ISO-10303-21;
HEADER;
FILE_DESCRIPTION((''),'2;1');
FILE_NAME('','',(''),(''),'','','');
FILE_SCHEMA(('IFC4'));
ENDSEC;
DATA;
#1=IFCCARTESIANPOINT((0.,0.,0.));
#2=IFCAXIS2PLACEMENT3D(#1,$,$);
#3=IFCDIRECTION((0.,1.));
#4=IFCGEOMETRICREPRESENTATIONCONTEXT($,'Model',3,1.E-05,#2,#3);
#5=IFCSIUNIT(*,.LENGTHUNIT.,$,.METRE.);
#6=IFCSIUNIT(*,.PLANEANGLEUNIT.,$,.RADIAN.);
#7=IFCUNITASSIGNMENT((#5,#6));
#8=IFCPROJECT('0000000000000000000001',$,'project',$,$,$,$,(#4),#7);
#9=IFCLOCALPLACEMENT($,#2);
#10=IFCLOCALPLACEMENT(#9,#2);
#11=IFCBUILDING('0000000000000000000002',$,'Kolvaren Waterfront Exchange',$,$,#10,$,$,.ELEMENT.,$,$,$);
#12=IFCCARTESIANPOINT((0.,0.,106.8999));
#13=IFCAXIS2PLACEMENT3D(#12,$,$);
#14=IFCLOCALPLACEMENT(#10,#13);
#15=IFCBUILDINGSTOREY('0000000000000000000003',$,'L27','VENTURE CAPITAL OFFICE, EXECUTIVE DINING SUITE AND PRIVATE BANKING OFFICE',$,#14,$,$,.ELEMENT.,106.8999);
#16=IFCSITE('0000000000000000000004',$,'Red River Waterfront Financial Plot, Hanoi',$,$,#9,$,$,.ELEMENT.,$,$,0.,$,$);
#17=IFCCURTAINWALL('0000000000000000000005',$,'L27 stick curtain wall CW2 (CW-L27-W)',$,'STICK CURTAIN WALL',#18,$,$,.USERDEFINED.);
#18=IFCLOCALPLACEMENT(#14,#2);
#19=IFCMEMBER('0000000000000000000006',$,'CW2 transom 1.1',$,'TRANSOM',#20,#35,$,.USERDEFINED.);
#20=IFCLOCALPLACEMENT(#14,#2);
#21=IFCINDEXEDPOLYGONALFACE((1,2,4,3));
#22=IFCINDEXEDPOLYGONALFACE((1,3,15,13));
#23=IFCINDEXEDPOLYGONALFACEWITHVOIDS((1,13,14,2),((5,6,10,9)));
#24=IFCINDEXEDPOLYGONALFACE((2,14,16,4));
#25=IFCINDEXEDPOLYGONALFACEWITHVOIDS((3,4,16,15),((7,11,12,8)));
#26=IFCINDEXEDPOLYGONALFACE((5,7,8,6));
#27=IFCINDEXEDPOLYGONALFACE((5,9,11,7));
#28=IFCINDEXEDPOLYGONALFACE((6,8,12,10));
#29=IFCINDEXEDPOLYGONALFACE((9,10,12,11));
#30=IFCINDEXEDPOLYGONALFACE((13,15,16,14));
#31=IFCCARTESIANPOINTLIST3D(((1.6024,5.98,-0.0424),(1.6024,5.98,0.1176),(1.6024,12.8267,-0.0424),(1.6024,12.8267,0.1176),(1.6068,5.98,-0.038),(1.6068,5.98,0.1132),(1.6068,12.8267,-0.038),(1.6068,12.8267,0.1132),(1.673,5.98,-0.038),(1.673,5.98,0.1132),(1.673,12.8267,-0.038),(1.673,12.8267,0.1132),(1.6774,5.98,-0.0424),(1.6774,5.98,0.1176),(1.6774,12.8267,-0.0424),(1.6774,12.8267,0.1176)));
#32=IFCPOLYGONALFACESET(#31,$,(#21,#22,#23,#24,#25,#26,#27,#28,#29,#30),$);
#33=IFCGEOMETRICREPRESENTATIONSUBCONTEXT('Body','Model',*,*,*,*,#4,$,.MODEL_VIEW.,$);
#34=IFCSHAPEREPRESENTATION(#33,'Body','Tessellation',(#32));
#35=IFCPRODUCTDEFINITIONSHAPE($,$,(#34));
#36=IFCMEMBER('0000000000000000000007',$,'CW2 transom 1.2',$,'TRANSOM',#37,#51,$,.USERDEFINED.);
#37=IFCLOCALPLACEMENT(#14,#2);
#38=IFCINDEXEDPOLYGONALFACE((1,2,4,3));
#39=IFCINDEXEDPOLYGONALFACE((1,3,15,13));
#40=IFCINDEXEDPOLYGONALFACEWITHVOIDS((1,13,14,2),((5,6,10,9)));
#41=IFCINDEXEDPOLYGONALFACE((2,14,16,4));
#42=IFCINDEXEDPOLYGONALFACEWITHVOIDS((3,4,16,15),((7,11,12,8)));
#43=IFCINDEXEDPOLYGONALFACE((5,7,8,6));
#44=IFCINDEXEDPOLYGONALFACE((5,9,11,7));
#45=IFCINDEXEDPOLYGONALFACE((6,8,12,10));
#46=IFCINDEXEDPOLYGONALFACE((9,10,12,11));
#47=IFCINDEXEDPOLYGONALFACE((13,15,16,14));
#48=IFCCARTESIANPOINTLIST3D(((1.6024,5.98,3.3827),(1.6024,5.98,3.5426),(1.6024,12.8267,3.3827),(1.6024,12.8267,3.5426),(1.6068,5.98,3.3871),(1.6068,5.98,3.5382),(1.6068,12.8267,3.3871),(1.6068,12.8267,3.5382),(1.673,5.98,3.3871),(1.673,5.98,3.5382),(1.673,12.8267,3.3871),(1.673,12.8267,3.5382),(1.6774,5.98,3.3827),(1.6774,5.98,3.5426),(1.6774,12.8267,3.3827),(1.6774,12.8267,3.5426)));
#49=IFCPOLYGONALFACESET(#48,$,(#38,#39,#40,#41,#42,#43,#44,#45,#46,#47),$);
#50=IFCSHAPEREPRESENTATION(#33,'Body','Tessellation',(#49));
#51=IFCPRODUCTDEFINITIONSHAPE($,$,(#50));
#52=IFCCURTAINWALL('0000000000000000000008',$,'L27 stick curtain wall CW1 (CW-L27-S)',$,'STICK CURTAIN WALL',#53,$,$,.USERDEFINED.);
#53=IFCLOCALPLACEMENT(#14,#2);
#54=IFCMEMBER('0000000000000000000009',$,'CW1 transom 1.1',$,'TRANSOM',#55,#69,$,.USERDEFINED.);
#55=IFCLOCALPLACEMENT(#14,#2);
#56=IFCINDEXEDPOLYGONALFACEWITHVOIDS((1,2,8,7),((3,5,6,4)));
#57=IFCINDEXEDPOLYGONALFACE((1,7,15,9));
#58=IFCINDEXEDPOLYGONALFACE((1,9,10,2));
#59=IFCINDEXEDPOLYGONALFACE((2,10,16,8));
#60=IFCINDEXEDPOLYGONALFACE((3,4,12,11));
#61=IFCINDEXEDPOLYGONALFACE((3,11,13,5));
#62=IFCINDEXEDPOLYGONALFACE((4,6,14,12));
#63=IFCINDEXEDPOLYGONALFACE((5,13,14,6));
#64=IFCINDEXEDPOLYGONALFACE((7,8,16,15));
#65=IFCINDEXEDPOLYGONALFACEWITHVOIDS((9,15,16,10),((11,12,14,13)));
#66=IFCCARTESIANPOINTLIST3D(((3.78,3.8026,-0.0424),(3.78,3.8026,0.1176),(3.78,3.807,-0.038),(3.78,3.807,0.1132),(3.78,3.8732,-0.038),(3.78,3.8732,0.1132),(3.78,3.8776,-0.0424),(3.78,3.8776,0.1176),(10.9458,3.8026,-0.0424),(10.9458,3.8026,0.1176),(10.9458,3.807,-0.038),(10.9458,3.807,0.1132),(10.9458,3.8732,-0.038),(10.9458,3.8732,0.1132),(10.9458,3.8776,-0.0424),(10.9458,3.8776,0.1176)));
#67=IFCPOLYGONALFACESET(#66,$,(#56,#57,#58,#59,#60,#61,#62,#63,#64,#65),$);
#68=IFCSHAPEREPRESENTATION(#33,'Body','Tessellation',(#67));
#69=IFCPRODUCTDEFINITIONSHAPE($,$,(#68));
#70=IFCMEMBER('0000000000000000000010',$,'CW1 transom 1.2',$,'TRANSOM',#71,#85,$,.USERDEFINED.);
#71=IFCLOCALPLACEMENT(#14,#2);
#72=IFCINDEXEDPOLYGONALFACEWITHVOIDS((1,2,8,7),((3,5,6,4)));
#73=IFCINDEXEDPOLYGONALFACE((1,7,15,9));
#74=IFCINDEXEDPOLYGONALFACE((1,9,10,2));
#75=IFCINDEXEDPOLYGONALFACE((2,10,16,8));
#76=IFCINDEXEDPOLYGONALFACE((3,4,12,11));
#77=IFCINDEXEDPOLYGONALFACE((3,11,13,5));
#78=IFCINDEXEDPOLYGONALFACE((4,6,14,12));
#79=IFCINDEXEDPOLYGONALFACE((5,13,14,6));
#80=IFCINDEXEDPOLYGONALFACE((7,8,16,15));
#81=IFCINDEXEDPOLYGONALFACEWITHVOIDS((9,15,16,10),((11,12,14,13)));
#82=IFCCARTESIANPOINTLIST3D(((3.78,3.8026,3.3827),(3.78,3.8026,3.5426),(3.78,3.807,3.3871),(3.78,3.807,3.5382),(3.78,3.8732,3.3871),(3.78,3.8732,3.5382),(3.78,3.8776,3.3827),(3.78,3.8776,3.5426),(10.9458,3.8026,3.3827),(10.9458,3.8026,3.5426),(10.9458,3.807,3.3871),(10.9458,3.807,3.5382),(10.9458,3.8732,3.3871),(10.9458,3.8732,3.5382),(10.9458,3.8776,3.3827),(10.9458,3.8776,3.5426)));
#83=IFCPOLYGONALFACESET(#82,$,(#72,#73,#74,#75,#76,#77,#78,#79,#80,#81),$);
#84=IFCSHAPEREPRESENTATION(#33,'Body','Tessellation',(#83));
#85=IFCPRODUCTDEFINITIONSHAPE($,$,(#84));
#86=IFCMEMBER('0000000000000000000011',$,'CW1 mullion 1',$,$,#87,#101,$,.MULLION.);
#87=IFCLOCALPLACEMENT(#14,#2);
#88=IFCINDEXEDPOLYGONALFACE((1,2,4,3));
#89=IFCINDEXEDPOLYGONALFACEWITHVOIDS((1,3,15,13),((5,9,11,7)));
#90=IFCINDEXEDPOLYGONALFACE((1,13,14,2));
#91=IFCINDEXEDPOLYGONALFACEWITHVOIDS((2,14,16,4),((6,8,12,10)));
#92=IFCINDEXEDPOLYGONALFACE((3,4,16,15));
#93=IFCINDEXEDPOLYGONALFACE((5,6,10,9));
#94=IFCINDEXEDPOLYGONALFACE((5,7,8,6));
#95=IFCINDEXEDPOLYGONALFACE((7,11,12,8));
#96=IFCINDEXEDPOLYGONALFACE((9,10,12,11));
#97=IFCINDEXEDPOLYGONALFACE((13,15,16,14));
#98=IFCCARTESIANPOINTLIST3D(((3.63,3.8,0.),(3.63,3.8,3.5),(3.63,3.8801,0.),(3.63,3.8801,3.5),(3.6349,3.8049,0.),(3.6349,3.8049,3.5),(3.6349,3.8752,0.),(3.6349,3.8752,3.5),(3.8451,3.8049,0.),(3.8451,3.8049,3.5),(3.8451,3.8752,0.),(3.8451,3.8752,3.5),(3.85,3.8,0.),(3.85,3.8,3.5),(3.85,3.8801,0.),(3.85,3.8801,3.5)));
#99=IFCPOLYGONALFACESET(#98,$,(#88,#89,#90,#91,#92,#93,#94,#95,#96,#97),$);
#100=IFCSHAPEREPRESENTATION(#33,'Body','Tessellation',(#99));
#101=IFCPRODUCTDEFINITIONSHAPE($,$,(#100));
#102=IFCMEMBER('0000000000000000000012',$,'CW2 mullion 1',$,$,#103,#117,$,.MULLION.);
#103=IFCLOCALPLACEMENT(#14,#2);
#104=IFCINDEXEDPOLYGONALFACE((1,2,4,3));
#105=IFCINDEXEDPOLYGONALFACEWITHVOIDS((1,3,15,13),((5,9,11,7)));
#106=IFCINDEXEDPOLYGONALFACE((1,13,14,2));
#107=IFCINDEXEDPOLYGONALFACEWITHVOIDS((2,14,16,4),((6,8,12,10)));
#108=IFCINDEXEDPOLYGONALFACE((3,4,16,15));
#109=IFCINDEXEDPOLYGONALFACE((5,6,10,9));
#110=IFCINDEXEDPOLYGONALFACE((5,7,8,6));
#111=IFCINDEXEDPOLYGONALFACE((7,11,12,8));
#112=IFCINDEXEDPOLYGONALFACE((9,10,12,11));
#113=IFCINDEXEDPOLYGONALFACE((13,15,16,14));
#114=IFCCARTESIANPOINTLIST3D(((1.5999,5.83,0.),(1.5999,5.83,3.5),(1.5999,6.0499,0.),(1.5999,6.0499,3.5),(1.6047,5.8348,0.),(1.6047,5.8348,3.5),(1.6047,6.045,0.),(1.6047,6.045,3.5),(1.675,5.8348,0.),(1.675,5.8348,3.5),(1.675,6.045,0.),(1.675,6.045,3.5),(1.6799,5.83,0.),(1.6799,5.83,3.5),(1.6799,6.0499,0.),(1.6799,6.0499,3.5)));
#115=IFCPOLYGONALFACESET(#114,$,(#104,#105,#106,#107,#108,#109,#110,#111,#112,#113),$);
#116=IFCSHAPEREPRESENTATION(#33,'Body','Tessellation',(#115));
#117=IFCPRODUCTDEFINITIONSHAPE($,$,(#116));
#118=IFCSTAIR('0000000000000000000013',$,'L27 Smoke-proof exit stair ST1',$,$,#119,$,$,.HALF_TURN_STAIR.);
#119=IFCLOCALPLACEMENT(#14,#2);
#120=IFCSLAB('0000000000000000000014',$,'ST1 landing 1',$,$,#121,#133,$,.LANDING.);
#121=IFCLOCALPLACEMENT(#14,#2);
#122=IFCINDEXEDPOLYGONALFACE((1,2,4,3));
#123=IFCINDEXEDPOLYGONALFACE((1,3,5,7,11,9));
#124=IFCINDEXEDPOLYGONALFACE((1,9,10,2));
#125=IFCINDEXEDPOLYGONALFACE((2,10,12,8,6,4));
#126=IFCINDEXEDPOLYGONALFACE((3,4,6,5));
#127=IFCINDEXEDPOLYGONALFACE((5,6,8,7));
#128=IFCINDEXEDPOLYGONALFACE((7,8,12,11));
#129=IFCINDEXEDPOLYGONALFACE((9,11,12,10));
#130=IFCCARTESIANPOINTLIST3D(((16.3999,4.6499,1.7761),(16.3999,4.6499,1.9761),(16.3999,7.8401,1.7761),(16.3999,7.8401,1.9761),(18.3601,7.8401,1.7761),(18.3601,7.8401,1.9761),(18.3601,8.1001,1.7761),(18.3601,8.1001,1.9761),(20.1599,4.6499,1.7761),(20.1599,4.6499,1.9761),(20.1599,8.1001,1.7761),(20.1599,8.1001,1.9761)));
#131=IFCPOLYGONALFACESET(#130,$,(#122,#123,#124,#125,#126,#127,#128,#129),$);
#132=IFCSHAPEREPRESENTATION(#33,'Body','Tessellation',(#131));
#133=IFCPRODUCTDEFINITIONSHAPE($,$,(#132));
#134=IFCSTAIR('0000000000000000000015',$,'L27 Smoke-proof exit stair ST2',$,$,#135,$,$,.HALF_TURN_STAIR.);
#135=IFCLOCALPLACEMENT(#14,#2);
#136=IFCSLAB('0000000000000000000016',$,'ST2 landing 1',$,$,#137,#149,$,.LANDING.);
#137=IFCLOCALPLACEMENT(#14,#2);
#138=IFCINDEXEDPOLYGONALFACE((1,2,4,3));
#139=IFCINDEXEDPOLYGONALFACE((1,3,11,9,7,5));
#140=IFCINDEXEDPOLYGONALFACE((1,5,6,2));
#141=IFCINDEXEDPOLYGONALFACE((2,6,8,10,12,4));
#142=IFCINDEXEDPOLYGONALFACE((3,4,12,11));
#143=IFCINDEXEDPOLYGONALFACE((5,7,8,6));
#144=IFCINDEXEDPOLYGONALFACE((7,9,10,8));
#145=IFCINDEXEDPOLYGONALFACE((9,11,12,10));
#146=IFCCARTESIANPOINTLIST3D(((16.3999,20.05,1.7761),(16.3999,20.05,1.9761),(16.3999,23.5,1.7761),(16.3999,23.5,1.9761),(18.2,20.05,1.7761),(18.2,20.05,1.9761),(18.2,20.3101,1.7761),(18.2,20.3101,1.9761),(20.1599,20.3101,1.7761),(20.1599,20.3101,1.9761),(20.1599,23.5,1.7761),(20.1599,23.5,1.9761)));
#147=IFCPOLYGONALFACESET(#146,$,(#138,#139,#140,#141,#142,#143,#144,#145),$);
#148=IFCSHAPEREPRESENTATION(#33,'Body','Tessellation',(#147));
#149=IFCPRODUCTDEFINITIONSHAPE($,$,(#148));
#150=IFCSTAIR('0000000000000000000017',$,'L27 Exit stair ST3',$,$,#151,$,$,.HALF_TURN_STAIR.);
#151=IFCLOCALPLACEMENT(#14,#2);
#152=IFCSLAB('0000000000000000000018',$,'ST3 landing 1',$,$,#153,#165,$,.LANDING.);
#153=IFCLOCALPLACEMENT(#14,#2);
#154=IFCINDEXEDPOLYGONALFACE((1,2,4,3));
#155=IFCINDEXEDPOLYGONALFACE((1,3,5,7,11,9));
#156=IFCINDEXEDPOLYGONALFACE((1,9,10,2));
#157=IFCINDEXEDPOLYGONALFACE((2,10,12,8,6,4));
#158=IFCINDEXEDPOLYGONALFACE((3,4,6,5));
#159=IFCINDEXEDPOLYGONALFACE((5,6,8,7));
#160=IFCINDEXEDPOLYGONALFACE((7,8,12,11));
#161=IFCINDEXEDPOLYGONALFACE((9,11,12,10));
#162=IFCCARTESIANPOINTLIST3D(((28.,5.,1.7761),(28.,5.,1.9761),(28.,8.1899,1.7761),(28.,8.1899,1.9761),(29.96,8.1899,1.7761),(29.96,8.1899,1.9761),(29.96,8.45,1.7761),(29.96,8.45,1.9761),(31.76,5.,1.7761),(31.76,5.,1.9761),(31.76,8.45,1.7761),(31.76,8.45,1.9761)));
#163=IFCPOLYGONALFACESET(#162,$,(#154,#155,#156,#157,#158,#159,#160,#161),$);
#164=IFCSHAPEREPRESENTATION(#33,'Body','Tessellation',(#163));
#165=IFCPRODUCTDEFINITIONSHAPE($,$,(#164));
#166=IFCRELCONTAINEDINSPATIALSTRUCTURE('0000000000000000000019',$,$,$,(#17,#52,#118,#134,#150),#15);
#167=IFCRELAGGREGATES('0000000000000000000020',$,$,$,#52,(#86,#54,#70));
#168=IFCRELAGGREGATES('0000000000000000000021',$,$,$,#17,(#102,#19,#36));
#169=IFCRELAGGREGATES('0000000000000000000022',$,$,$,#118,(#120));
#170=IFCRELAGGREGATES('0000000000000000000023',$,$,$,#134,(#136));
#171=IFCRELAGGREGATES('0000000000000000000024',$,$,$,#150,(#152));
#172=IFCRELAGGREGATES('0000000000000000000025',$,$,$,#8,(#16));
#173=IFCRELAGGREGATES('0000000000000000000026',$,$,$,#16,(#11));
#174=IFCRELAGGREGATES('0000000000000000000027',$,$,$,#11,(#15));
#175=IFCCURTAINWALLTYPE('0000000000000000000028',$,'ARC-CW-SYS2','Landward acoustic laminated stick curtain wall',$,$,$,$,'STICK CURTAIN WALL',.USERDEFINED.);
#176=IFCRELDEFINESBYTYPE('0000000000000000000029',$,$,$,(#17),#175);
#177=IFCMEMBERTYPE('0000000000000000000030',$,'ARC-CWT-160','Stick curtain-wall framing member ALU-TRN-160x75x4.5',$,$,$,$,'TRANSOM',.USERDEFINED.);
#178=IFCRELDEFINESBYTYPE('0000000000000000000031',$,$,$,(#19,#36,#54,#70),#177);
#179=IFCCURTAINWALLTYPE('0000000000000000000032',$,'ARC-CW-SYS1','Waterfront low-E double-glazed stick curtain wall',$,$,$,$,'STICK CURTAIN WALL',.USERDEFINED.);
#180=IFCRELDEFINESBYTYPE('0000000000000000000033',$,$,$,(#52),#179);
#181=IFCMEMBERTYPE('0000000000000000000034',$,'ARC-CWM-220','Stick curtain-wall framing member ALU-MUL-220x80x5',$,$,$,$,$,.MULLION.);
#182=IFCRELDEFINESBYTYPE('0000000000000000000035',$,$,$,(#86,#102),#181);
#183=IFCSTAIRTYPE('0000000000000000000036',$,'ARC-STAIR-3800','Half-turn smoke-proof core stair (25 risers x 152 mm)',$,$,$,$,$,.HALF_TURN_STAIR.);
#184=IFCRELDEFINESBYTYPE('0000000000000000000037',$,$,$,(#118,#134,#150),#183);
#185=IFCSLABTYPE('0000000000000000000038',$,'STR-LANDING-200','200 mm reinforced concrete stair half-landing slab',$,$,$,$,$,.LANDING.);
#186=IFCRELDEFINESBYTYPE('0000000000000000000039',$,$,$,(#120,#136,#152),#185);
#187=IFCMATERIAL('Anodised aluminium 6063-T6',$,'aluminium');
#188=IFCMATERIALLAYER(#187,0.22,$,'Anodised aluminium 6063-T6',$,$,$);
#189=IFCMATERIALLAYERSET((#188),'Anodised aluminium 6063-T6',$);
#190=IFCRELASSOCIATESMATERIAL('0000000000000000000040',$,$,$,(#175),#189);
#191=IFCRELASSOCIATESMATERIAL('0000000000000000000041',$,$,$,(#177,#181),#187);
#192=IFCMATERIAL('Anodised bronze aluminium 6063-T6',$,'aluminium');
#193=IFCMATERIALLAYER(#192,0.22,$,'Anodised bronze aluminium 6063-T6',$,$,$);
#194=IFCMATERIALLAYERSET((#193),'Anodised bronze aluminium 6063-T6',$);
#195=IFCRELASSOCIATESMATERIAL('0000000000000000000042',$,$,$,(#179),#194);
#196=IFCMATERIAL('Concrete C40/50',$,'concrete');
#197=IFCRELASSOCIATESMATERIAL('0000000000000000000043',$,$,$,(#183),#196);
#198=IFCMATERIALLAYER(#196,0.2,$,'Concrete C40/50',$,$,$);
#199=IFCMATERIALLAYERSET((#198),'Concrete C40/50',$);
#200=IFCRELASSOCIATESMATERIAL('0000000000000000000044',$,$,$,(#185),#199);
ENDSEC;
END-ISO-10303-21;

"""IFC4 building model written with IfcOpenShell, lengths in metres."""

from ifc_helpers import new_model, si_unit, direction, frame, origin, origin_with_axes, origin_2d, place, context, subcontext, project, spatial, polyline, hollow_rectangle, outline, extrude, source, transform, mapped, material, layer, layer_set, material_profile, profile_set, type_object, element, aggregate, save


model = new_model("IFC4")

# Units and contexts
model_context = context("Model", 3, precision=1e-05, world=origin(), true_north=direction((0.0, 1.0)))
body_context = subcontext(model_context, "Body", "Model", "MODEL_VIEW")
ifc_project = project(units=[si_unit("LENGTHUNIT", "METRE"), si_unit("PLANEANGLEUNIT", "RADIAN")], contexts=[model_context])

# Site, building, storey
site_placement = place(None, origin())
site = spatial("IfcSite", under=ifc_project, at=site_placement, Name="Red River Waterfront Financial Plot, Hanoi", CompositionType="ELEMENT", RefElevation=0.0)
building_placement = place(site_placement, origin())
building = spatial("IfcBuilding", under=site, at=building_placement, Name="Kolvaren Waterfront Exchange", CompositionType="ELEMENT")
storey_placement = place(building_placement, frame((0.0, 0.0, 106.8999)))
storey = spatial("IfcBuildingStorey", under=building, at=storey_placement, Name="L27", Description="VENTURE CAPITAL OFFICE, EXECUTIVE DINING SUITE AND PRIVATE BANKING OFFICE", CompositionType="ELEMENT", Elevation=106.8999)

# Curtain walls, members
ifc_material_1 = material(Name="Anodised aluminium 6063-T6", Category="aluminium")
ifc_layer_1 = layer(ifc_material_1, 0.22, Name="Anodised aluminium 6063-T6")
ifc_layer_set_1 = layer_set([ifc_layer_1], Name="Anodised aluminium 6063-T6")
curtain_wall_type_1 = type_object("IfcCurtainWallType", Name="ARC-CW-SYS2", Description="Landward acoustic laminated stick curtain wall", ElementType="STICK CURTAIN WALL", PredefinedType="USERDEFINED", material=ifc_layer_set_1)
curtain_wall_1_placement = place(storey_placement, origin())
curtain_wall_1 = element("IfcCurtainWall", 1, at=curtain_wall_1_placement, inside=storey, type_object=curtain_wall_type_1, Name="L27 stick curtain wall CW2 (CW-L27-W)", ObjectType="STICK CURTAIN WALL", PredefinedType="USERDEFINED")
ifc_material_profile_1 = material_profile(ifc_material_1, hollow_rectangle(XDim=0.075, YDim=0.1599, WallThickness=0.0044, at=origin_2d()), Name="ALU-TRN-160x75x4.5")
ifc_profile_set_1 = profile_set([ifc_material_profile_1], Name="Anodised aluminium 6063-T6")
member_type_1 = type_object("IfcMemberType", Name="ARC-CWT-160", Description="Stick curtain-wall framing member ALU-TRN-160x75x4.5", ElementType="TRANSOM", PredefinedType="USERDEFINED", material=ifc_profile_set_1)
shared_shape_1 = source(origin_with_axes(), body_context, "Body", "SweptSolid", [
    extrude(hollow_rectangle(XDim=0.075, YDim=0.1599, WallThickness=0.0044, at=origin_2d()), origin(), (0.0, 0.0, 1.0), 6.8467),
])
member_1_placement = place(storey_placement, frame((1.6399, 5.98, 0.0376), z_axis=(0.0, 1.0, 0.0), x_axis=(-1.0, 0.0, 0.0)))
member_1 = element("IfcMember", 2, at=member_1_placement, type_object=member_type_1, Name="CW2 transom 1.1", ObjectType="TRANSOM", PredefinedType="USERDEFINED", context=body_context, shape_type="MappedRepresentation", body=[
    mapped(shared_shape_1, transform((0.0, 0.0, 0.0), x_axis=(1.0, 0.0, 0.0), y_axis=(0.0, 1.0, 0.0), z_axis=(0.0, 0.0, 1.0), scale=1.0)),
])
member_2_placement = place(storey_placement, frame((1.6399, 5.98, 3.4626), z_axis=(0.0, 1.0, 0.0), x_axis=(-1.0, 0.0, 0.0)))
member_2 = element("IfcMember", 3, at=member_2_placement, type_object=member_type_1, Name="CW2 transom 1.2", ObjectType="TRANSOM", PredefinedType="USERDEFINED", context=body_context, shape_type="MappedRepresentation", body=[
    mapped(shared_shape_1, transform((0.0, 0.0, 0.0), x_axis=(1.0, 0.0, 0.0), y_axis=(0.0, 1.0, 0.0), z_axis=(0.0, 0.0, 1.0), scale=1.0)),
])
ifc_material_2 = material(Name="Anodised bronze aluminium 6063-T6", Category="aluminium")
ifc_layer_2 = layer(ifc_material_2, 0.22, Name="Anodised bronze aluminium 6063-T6")
ifc_layer_set_2 = layer_set([ifc_layer_2], Name="Anodised bronze aluminium 6063-T6")
curtain_wall_type_2 = type_object("IfcCurtainWallType", Name="ARC-CW-SYS1", Description="Waterfront low-E double-glazed stick curtain wall", ElementType="STICK CURTAIN WALL", PredefinedType="USERDEFINED", material=ifc_layer_set_2)
curtain_wall_2_placement = place(storey_placement, origin())
curtain_wall_2 = element("IfcCurtainWall", 4, at=curtain_wall_2_placement, inside=storey, type_object=curtain_wall_type_2, Name="L27 stick curtain wall CW1 (CW-L27-S)", ObjectType="STICK CURTAIN WALL", PredefinedType="USERDEFINED")
shared_shape_2 = source(origin_with_axes(), body_context, "Body", "SweptSolid", [
    extrude(hollow_rectangle(XDim=0.075, YDim=0.1599, WallThickness=0.0044, at=origin_2d()), origin(), (0.0, 0.0, 1.0), 7.1658),
])
member_3_placement = place(storey_placement, frame((3.78, 3.8401, 0.0376), z_axis=(1.0, 0.0, 0.0), x_axis=(0.0, 1.0, 0.0)))
member_3 = element("IfcMember", 5, at=member_3_placement, type_object=member_type_1, Name="CW1 transom 1.1", ObjectType="TRANSOM", PredefinedType="USERDEFINED", context=body_context, shape_type="MappedRepresentation", body=[
    mapped(shared_shape_2, transform((0.0, 0.0, 0.0), x_axis=(1.0, 0.0, 0.0), y_axis=(0.0, 1.0, 0.0), z_axis=(0.0, 0.0, 1.0), scale=1.0)),
])
member_4_placement = place(storey_placement, frame((3.78, 3.8401, 3.4626), z_axis=(1.0, 0.0, 0.0), x_axis=(0.0, 1.0, 0.0)))
member_4 = element("IfcMember", 6, at=member_4_placement, type_object=member_type_1, Name="CW1 transom 1.2", ObjectType="TRANSOM", PredefinedType="USERDEFINED", context=body_context, shape_type="MappedRepresentation", body=[
    mapped(shared_shape_2, transform((0.0, 0.0, 0.0), x_axis=(1.0, 0.0, 0.0), y_axis=(0.0, 1.0, 0.0), z_axis=(0.0, 0.0, 1.0), scale=1.0)),
])
ifc_material_profile_2 = material_profile(ifc_material_1, hollow_rectangle(XDim=0.0801, YDim=0.22, WallThickness=0.0049, at=origin_2d()), Name="ALU-MUL-220x80x5")
ifc_profile_set_2 = profile_set([ifc_material_profile_2], Name="Anodised aluminium 6063-T6")
member_type_2 = type_object("IfcMemberType", Name="ARC-CWM-220", Description="Stick curtain-wall framing member ALU-MUL-220x80x5", PredefinedType="MULLION", material=ifc_profile_set_2)
shared_shape_3 = source(origin_with_axes(), body_context, "Body", "SweptSolid", [
    extrude(hollow_rectangle(XDim=0.0801, YDim=0.22, WallThickness=0.0049, at=origin_2d()), origin(), (0.0, 0.0, 1.0), 3.5),
])
member_5_placement = place(storey_placement, frame((3.74, 3.8401, 0.0), z_axis=(0.0, 0.0, 1.0), x_axis=(0.0, 1.0, 0.0)))
member_5 = element("IfcMember", 7, at=member_5_placement, type_object=member_type_2, Name="CW1 mullion 1", PredefinedType="MULLION", context=body_context, shape_type="MappedRepresentation", body=[
    mapped(shared_shape_3, transform((0.0, 0.0, 0.0), x_axis=(1.0, 0.0, 0.0), y_axis=(0.0, 1.0, 0.0), z_axis=(0.0, 0.0, 1.0), scale=1.0)),
])
aggregate(curtain_wall_2, [member_5, member_3, member_4])

# Member
member_6_placement = place(storey_placement, frame((1.6399, 5.9399, 0.0), z_axis=(0.0, 0.0, 1.0), x_axis=(-1.0, 0.0, 0.0)))
member_6 = element("IfcMember", 8, at=member_6_placement, type_object=member_type_2, Name="CW2 mullion 1", PredefinedType="MULLION", context=body_context, shape_type="MappedRepresentation", body=[
    mapped(shared_shape_3, transform((0.0, 0.0, 0.0), x_axis=(1.0, 0.0, 0.0), y_axis=(0.0, 1.0, 0.0), z_axis=(0.0, 0.0, 1.0), scale=1.0)),
])
aggregate(curtain_wall_1, [member_6, member_1, member_2])

# Stairs, slabs
ifc_material_3 = material(Name="Concrete C40/50", Category="concrete")
stair_type = type_object("IfcStairType", Name="ARC-STAIR-3800", Description="Half-turn smoke-proof core stair (25 risers x 152 mm)", PredefinedType="HALF_TURN_STAIR", material=ifc_material_3)
stair_1_placement = place(storey_placement, origin())
stair_1 = element("IfcStair", 9, at=stair_1_placement, inside=storey, type_object=stair_type, Name="L27 Smoke-proof exit stair ST1", PredefinedType="HALF_TURN_STAIR")
ifc_layer_3 = layer(ifc_material_3, 0.2, Name="Concrete C40/50")
ifc_layer_set_3 = layer_set([ifc_layer_3], Name="Concrete C40/50")
slab_type_1 = type_object("IfcSlabType", Name="STR-LANDING-200", Description="200 mm reinforced concrete stair half-landing slab", PredefinedType="LANDING", material=ifc_layer_set_3)
slab_1_placement = place(storey_placement, frame((0.0, 0.0, 1.7761)))
slab_1 = element("IfcSlab", 10, at=slab_1_placement, type_object=slab_type_1, Name="ST1 landing 1", PredefinedType="LANDING", context=body_context, shape_type="SweptSolid", body=[
    extrude(outline(polyline([(16.3999, 7.8401), (16.3999, 4.6499), (20.1599, 4.6499), (20.1599, 8.1001), (18.3601, 8.1001), (18.3601, 7.8401), (16.3999, 7.8401)])), origin(), (0.0, 0.0, 1.0), 0.2),
])
aggregate(stair_1, [slab_1])
stair_2_placement = place(storey_placement, origin())
stair_2 = element("IfcStair", 11, at=stair_2_placement, inside=storey, type_object=stair_type, Name="L27 Smoke-proof exit stair ST2", PredefinedType="HALF_TURN_STAIR")
slab_2_placement = place(storey_placement, frame((0.0, 0.0, 1.7761)))
slab_2 = element("IfcSlab", 12, at=slab_2_placement, type_object=slab_type_1, Name="ST2 landing 1", PredefinedType="LANDING", context=body_context, shape_type="SweptSolid", body=[
    extrude(outline(polyline([(20.1599, 20.3101), (20.1599, 23.5), (16.3999, 23.5), (16.3999, 20.05), (18.2, 20.05), (18.2, 20.3101), (20.1599, 20.3101)])), origin(), (0.0, 0.0, 1.0), 0.2),
])
aggregate(stair_2, [slab_2])
stair_3_placement = place(storey_placement, origin())
stair_3 = element("IfcStair", 13, at=stair_3_placement, inside=storey, type_object=stair_type, Name="L27 Exit stair ST3", PredefinedType="HALF_TURN_STAIR")
slab_3_placement = place(storey_placement, frame((0.0, 0.0, 1.7761)))
slab_3 = element("IfcSlab", 14, at=slab_3_placement, type_object=slab_type_1, Name="ST3 landing 1", PredefinedType="LANDING", context=body_context, shape_type="SweptSolid", body=[
    extrude(outline(polyline([(28.0, 8.1899), (28.0, 5.0), (31.76, 5.0), (31.76, 8.45), (29.96, 8.45), (29.96, 8.1899), (28.0, 8.1899)])), origin(), (0.0, 0.0, 1.0), 0.2),
])
aggregate(stair_3, [slab_3])

save(model, "model.ifc")
